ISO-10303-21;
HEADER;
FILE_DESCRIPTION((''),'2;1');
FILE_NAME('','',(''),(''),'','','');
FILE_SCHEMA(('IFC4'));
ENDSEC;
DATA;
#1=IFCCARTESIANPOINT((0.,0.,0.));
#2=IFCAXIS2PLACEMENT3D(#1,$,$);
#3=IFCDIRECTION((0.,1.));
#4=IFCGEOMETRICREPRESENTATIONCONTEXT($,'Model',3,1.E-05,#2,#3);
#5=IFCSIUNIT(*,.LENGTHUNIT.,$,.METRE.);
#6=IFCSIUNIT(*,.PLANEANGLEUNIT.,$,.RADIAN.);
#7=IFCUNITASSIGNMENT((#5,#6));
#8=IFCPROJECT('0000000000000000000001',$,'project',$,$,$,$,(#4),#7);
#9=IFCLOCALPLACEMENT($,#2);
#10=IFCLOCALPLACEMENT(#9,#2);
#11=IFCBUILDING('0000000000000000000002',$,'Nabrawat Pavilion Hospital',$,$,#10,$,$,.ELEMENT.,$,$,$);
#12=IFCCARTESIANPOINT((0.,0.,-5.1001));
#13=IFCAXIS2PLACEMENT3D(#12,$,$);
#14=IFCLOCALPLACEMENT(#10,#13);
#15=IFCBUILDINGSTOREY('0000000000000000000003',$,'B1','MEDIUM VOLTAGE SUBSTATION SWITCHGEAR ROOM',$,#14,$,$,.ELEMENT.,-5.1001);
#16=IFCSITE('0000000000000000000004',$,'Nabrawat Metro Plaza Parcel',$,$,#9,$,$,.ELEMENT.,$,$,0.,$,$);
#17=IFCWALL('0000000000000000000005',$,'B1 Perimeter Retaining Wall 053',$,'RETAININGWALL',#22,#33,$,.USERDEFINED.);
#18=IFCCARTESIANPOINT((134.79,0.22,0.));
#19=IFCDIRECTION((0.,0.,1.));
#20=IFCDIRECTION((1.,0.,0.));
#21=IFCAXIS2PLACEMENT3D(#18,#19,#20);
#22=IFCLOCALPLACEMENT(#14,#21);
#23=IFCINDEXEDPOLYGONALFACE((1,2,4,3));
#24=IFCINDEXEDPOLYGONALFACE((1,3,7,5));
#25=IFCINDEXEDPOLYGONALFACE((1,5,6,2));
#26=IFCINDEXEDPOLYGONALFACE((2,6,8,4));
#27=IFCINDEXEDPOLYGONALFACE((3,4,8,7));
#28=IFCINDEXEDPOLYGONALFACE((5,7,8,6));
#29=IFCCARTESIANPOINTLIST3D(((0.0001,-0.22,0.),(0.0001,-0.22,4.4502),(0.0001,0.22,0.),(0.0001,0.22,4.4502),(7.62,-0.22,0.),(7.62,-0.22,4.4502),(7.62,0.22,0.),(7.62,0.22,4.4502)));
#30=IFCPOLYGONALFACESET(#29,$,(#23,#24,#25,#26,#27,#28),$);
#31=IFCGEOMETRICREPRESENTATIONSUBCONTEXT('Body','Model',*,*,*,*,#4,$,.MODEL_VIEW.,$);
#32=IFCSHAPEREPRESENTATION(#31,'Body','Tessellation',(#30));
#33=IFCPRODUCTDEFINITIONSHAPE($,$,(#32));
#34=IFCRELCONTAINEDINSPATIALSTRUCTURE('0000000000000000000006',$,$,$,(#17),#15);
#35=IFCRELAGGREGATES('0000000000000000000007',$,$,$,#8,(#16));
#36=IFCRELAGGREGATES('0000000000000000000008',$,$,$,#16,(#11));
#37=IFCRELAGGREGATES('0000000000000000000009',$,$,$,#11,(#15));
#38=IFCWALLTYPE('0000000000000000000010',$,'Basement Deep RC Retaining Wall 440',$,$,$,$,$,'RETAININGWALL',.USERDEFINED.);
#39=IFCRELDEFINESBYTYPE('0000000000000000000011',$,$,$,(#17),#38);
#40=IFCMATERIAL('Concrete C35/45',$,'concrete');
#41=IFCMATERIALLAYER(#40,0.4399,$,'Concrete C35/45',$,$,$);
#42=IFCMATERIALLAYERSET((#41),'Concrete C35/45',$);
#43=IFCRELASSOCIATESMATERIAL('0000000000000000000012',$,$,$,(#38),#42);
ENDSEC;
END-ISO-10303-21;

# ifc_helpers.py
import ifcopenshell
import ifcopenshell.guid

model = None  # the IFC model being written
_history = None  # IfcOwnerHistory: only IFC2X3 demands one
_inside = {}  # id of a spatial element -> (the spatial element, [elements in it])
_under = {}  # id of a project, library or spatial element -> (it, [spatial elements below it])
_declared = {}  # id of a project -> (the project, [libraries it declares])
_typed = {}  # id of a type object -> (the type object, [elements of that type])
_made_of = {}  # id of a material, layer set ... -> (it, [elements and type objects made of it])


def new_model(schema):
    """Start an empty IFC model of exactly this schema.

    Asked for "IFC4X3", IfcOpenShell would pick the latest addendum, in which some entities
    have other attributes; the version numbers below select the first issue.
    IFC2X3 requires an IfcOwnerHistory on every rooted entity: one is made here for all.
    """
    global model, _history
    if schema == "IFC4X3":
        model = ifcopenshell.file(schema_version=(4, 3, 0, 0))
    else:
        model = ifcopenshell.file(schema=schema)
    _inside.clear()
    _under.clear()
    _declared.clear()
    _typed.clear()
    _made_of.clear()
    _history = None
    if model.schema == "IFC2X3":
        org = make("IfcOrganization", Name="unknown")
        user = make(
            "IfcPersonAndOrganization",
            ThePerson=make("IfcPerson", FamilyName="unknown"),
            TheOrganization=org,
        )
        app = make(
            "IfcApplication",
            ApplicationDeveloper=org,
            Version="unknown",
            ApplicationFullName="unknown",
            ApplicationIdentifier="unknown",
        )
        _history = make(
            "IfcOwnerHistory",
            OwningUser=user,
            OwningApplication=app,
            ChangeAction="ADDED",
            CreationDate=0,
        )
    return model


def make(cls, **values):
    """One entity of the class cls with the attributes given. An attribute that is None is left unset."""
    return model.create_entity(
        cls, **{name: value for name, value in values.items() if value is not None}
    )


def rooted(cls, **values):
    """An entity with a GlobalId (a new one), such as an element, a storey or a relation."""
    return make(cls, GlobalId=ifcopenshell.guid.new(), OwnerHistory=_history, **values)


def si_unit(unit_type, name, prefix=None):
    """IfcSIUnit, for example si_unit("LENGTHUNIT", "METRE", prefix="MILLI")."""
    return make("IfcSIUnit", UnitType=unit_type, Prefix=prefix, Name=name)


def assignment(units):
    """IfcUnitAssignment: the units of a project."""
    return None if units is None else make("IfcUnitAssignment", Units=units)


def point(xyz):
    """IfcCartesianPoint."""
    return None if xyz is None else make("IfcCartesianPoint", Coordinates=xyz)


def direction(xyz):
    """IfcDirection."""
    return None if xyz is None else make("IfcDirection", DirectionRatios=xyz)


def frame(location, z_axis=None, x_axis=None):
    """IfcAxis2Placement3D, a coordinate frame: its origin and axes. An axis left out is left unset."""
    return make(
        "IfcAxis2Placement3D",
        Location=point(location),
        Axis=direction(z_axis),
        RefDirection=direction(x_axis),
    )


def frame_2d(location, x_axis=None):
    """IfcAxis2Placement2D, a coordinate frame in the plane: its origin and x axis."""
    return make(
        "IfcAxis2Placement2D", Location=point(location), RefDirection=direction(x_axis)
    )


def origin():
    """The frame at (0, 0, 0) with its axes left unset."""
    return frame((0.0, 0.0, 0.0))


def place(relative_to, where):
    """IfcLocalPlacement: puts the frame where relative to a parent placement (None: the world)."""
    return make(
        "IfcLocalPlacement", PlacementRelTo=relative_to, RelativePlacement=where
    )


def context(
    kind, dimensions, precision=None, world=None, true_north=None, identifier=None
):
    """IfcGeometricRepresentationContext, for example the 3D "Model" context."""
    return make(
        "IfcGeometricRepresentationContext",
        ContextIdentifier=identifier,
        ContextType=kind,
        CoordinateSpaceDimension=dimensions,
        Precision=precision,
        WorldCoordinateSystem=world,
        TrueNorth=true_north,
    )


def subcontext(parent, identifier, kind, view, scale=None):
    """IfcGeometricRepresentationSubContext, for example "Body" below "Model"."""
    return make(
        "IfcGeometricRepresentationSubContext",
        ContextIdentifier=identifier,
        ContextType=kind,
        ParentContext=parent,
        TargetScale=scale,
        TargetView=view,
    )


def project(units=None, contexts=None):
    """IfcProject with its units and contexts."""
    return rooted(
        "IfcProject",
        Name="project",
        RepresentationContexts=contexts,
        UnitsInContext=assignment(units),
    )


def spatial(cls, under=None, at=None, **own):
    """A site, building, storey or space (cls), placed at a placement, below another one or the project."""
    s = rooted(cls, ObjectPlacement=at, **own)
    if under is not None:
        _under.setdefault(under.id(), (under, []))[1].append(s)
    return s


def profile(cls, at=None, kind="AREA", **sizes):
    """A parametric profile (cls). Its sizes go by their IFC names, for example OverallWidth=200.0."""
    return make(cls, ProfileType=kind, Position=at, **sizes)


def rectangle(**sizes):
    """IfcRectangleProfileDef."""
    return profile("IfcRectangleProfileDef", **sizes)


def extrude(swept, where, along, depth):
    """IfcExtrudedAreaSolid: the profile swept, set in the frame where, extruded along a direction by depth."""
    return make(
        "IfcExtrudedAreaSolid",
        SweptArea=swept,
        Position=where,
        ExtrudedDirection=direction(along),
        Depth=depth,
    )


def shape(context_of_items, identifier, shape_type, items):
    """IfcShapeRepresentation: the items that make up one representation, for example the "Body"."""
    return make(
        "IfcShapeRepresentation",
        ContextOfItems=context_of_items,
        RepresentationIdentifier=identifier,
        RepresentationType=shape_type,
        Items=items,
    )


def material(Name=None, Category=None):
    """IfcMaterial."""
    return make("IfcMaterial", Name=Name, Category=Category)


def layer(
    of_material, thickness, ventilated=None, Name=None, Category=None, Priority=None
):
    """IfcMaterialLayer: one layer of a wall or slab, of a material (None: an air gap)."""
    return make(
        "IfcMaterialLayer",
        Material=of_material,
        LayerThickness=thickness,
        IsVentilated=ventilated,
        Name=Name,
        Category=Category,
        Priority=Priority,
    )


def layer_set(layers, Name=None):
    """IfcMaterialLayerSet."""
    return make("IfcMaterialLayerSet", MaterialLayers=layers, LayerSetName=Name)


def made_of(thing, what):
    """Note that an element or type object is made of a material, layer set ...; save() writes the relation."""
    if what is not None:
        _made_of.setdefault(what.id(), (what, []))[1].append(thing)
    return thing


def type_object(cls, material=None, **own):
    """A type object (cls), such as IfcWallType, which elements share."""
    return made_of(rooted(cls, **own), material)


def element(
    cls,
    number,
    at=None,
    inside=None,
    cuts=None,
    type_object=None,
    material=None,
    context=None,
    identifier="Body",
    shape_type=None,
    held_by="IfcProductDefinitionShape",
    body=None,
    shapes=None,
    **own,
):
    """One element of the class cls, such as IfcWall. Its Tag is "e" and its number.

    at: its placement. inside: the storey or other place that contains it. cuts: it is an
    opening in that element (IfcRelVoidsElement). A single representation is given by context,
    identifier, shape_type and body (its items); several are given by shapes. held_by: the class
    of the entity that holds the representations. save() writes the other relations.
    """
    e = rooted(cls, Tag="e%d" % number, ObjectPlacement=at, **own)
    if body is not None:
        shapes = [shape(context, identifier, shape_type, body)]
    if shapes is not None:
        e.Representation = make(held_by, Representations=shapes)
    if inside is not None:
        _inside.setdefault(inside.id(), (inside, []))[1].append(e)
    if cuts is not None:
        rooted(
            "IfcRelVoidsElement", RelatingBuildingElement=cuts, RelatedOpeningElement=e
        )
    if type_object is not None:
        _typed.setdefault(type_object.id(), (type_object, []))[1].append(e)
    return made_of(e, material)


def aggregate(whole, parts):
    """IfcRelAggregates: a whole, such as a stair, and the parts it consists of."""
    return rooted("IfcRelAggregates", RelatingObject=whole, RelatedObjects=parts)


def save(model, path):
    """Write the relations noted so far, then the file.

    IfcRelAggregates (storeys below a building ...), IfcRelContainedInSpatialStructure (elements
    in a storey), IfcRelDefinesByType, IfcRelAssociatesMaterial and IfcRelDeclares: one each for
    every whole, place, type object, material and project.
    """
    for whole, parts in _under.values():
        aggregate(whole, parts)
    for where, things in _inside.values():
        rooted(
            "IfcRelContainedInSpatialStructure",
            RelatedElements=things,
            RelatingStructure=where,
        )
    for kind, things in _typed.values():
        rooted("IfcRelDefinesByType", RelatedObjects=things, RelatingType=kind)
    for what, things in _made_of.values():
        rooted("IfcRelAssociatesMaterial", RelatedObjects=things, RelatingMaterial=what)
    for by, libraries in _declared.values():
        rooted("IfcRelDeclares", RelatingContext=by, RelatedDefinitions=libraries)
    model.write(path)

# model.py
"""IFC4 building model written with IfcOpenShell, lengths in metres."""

from ifc_helpers import new_model, si_unit, direction, frame, frame_2d, origin, place, context, subcontext, project, spatial, rectangle, extrude, material, layer, layer_set, type_object, element, save


model = new_model("IFC4")

# Units and contexts
model_context = context("Model", 3, precision=1e-05, world=origin(), true_north=direction((0.0, 1.0)))
body_context = subcontext(model_context, "Body", "Model", "MODEL_VIEW")
ifc_project = project(units=[si_unit("LENGTHUNIT", "METRE"), si_unit("PLANEANGLEUNIT", "RADIAN")], contexts=[model_context])

# Site, building, storey
site_placement = place(None, origin())
site = spatial("IfcSite", under=ifc_project, at=site_placement, Name="Nabrawat Metro Plaza Parcel", CompositionType="ELEMENT", RefElevation=0.0)
building_placement = place(site_placement, origin())
building = spatial("IfcBuilding", under=site, at=building_placement, Name="Nabrawat Pavilion Hospital", CompositionType="ELEMENT")
storey_placement = place(building_placement, frame((0.0, 0.0, -5.1001)))
storey = spatial("IfcBuildingStorey", under=building, at=storey_placement, Name="B1", Description="MEDIUM VOLTAGE SUBSTATION SWITCHGEAR ROOM", CompositionType="ELEMENT", Elevation=-5.1001)

# Shared definitions
ifc_material_1 = material(Name="Concrete C35/45", Category="concrete")

# Wall
ifc_layer_1 = layer(ifc_material_1, 0.4399, Name="Concrete C35/45")
ifc_layer_set_1 = layer_set([ifc_layer_1], Name="Concrete C35/45")
wall_type_1 = type_object("IfcWallType", Name="Basement Deep RC Retaining Wall 440", ElementType="RETAININGWALL", PredefinedType="USERDEFINED", material=ifc_layer_set_1)
wall_1_placement = place(storey_placement, frame((134.79, 0.22, 0.0), z_axis=(0.0, 0.0, 1.0), x_axis=(1.0, 0.0, 0.0)))
element("IfcWall", 1, at=wall_1_placement, inside=storey, type_object=wall_type_1, Name="B1 Perimeter Retaining Wall 053", ObjectType="RETAININGWALL", PredefinedType="USERDEFINED", context=body_context, shape_type="SweptSolid", body=[
    extrude(rectangle(XDim=7.6199, YDim=0.4399, at=frame_2d((3.8101, 0.0))), origin(), (0.0, 0.0, 1.0), 4.4502),
])

save(model, "model.ifc")
